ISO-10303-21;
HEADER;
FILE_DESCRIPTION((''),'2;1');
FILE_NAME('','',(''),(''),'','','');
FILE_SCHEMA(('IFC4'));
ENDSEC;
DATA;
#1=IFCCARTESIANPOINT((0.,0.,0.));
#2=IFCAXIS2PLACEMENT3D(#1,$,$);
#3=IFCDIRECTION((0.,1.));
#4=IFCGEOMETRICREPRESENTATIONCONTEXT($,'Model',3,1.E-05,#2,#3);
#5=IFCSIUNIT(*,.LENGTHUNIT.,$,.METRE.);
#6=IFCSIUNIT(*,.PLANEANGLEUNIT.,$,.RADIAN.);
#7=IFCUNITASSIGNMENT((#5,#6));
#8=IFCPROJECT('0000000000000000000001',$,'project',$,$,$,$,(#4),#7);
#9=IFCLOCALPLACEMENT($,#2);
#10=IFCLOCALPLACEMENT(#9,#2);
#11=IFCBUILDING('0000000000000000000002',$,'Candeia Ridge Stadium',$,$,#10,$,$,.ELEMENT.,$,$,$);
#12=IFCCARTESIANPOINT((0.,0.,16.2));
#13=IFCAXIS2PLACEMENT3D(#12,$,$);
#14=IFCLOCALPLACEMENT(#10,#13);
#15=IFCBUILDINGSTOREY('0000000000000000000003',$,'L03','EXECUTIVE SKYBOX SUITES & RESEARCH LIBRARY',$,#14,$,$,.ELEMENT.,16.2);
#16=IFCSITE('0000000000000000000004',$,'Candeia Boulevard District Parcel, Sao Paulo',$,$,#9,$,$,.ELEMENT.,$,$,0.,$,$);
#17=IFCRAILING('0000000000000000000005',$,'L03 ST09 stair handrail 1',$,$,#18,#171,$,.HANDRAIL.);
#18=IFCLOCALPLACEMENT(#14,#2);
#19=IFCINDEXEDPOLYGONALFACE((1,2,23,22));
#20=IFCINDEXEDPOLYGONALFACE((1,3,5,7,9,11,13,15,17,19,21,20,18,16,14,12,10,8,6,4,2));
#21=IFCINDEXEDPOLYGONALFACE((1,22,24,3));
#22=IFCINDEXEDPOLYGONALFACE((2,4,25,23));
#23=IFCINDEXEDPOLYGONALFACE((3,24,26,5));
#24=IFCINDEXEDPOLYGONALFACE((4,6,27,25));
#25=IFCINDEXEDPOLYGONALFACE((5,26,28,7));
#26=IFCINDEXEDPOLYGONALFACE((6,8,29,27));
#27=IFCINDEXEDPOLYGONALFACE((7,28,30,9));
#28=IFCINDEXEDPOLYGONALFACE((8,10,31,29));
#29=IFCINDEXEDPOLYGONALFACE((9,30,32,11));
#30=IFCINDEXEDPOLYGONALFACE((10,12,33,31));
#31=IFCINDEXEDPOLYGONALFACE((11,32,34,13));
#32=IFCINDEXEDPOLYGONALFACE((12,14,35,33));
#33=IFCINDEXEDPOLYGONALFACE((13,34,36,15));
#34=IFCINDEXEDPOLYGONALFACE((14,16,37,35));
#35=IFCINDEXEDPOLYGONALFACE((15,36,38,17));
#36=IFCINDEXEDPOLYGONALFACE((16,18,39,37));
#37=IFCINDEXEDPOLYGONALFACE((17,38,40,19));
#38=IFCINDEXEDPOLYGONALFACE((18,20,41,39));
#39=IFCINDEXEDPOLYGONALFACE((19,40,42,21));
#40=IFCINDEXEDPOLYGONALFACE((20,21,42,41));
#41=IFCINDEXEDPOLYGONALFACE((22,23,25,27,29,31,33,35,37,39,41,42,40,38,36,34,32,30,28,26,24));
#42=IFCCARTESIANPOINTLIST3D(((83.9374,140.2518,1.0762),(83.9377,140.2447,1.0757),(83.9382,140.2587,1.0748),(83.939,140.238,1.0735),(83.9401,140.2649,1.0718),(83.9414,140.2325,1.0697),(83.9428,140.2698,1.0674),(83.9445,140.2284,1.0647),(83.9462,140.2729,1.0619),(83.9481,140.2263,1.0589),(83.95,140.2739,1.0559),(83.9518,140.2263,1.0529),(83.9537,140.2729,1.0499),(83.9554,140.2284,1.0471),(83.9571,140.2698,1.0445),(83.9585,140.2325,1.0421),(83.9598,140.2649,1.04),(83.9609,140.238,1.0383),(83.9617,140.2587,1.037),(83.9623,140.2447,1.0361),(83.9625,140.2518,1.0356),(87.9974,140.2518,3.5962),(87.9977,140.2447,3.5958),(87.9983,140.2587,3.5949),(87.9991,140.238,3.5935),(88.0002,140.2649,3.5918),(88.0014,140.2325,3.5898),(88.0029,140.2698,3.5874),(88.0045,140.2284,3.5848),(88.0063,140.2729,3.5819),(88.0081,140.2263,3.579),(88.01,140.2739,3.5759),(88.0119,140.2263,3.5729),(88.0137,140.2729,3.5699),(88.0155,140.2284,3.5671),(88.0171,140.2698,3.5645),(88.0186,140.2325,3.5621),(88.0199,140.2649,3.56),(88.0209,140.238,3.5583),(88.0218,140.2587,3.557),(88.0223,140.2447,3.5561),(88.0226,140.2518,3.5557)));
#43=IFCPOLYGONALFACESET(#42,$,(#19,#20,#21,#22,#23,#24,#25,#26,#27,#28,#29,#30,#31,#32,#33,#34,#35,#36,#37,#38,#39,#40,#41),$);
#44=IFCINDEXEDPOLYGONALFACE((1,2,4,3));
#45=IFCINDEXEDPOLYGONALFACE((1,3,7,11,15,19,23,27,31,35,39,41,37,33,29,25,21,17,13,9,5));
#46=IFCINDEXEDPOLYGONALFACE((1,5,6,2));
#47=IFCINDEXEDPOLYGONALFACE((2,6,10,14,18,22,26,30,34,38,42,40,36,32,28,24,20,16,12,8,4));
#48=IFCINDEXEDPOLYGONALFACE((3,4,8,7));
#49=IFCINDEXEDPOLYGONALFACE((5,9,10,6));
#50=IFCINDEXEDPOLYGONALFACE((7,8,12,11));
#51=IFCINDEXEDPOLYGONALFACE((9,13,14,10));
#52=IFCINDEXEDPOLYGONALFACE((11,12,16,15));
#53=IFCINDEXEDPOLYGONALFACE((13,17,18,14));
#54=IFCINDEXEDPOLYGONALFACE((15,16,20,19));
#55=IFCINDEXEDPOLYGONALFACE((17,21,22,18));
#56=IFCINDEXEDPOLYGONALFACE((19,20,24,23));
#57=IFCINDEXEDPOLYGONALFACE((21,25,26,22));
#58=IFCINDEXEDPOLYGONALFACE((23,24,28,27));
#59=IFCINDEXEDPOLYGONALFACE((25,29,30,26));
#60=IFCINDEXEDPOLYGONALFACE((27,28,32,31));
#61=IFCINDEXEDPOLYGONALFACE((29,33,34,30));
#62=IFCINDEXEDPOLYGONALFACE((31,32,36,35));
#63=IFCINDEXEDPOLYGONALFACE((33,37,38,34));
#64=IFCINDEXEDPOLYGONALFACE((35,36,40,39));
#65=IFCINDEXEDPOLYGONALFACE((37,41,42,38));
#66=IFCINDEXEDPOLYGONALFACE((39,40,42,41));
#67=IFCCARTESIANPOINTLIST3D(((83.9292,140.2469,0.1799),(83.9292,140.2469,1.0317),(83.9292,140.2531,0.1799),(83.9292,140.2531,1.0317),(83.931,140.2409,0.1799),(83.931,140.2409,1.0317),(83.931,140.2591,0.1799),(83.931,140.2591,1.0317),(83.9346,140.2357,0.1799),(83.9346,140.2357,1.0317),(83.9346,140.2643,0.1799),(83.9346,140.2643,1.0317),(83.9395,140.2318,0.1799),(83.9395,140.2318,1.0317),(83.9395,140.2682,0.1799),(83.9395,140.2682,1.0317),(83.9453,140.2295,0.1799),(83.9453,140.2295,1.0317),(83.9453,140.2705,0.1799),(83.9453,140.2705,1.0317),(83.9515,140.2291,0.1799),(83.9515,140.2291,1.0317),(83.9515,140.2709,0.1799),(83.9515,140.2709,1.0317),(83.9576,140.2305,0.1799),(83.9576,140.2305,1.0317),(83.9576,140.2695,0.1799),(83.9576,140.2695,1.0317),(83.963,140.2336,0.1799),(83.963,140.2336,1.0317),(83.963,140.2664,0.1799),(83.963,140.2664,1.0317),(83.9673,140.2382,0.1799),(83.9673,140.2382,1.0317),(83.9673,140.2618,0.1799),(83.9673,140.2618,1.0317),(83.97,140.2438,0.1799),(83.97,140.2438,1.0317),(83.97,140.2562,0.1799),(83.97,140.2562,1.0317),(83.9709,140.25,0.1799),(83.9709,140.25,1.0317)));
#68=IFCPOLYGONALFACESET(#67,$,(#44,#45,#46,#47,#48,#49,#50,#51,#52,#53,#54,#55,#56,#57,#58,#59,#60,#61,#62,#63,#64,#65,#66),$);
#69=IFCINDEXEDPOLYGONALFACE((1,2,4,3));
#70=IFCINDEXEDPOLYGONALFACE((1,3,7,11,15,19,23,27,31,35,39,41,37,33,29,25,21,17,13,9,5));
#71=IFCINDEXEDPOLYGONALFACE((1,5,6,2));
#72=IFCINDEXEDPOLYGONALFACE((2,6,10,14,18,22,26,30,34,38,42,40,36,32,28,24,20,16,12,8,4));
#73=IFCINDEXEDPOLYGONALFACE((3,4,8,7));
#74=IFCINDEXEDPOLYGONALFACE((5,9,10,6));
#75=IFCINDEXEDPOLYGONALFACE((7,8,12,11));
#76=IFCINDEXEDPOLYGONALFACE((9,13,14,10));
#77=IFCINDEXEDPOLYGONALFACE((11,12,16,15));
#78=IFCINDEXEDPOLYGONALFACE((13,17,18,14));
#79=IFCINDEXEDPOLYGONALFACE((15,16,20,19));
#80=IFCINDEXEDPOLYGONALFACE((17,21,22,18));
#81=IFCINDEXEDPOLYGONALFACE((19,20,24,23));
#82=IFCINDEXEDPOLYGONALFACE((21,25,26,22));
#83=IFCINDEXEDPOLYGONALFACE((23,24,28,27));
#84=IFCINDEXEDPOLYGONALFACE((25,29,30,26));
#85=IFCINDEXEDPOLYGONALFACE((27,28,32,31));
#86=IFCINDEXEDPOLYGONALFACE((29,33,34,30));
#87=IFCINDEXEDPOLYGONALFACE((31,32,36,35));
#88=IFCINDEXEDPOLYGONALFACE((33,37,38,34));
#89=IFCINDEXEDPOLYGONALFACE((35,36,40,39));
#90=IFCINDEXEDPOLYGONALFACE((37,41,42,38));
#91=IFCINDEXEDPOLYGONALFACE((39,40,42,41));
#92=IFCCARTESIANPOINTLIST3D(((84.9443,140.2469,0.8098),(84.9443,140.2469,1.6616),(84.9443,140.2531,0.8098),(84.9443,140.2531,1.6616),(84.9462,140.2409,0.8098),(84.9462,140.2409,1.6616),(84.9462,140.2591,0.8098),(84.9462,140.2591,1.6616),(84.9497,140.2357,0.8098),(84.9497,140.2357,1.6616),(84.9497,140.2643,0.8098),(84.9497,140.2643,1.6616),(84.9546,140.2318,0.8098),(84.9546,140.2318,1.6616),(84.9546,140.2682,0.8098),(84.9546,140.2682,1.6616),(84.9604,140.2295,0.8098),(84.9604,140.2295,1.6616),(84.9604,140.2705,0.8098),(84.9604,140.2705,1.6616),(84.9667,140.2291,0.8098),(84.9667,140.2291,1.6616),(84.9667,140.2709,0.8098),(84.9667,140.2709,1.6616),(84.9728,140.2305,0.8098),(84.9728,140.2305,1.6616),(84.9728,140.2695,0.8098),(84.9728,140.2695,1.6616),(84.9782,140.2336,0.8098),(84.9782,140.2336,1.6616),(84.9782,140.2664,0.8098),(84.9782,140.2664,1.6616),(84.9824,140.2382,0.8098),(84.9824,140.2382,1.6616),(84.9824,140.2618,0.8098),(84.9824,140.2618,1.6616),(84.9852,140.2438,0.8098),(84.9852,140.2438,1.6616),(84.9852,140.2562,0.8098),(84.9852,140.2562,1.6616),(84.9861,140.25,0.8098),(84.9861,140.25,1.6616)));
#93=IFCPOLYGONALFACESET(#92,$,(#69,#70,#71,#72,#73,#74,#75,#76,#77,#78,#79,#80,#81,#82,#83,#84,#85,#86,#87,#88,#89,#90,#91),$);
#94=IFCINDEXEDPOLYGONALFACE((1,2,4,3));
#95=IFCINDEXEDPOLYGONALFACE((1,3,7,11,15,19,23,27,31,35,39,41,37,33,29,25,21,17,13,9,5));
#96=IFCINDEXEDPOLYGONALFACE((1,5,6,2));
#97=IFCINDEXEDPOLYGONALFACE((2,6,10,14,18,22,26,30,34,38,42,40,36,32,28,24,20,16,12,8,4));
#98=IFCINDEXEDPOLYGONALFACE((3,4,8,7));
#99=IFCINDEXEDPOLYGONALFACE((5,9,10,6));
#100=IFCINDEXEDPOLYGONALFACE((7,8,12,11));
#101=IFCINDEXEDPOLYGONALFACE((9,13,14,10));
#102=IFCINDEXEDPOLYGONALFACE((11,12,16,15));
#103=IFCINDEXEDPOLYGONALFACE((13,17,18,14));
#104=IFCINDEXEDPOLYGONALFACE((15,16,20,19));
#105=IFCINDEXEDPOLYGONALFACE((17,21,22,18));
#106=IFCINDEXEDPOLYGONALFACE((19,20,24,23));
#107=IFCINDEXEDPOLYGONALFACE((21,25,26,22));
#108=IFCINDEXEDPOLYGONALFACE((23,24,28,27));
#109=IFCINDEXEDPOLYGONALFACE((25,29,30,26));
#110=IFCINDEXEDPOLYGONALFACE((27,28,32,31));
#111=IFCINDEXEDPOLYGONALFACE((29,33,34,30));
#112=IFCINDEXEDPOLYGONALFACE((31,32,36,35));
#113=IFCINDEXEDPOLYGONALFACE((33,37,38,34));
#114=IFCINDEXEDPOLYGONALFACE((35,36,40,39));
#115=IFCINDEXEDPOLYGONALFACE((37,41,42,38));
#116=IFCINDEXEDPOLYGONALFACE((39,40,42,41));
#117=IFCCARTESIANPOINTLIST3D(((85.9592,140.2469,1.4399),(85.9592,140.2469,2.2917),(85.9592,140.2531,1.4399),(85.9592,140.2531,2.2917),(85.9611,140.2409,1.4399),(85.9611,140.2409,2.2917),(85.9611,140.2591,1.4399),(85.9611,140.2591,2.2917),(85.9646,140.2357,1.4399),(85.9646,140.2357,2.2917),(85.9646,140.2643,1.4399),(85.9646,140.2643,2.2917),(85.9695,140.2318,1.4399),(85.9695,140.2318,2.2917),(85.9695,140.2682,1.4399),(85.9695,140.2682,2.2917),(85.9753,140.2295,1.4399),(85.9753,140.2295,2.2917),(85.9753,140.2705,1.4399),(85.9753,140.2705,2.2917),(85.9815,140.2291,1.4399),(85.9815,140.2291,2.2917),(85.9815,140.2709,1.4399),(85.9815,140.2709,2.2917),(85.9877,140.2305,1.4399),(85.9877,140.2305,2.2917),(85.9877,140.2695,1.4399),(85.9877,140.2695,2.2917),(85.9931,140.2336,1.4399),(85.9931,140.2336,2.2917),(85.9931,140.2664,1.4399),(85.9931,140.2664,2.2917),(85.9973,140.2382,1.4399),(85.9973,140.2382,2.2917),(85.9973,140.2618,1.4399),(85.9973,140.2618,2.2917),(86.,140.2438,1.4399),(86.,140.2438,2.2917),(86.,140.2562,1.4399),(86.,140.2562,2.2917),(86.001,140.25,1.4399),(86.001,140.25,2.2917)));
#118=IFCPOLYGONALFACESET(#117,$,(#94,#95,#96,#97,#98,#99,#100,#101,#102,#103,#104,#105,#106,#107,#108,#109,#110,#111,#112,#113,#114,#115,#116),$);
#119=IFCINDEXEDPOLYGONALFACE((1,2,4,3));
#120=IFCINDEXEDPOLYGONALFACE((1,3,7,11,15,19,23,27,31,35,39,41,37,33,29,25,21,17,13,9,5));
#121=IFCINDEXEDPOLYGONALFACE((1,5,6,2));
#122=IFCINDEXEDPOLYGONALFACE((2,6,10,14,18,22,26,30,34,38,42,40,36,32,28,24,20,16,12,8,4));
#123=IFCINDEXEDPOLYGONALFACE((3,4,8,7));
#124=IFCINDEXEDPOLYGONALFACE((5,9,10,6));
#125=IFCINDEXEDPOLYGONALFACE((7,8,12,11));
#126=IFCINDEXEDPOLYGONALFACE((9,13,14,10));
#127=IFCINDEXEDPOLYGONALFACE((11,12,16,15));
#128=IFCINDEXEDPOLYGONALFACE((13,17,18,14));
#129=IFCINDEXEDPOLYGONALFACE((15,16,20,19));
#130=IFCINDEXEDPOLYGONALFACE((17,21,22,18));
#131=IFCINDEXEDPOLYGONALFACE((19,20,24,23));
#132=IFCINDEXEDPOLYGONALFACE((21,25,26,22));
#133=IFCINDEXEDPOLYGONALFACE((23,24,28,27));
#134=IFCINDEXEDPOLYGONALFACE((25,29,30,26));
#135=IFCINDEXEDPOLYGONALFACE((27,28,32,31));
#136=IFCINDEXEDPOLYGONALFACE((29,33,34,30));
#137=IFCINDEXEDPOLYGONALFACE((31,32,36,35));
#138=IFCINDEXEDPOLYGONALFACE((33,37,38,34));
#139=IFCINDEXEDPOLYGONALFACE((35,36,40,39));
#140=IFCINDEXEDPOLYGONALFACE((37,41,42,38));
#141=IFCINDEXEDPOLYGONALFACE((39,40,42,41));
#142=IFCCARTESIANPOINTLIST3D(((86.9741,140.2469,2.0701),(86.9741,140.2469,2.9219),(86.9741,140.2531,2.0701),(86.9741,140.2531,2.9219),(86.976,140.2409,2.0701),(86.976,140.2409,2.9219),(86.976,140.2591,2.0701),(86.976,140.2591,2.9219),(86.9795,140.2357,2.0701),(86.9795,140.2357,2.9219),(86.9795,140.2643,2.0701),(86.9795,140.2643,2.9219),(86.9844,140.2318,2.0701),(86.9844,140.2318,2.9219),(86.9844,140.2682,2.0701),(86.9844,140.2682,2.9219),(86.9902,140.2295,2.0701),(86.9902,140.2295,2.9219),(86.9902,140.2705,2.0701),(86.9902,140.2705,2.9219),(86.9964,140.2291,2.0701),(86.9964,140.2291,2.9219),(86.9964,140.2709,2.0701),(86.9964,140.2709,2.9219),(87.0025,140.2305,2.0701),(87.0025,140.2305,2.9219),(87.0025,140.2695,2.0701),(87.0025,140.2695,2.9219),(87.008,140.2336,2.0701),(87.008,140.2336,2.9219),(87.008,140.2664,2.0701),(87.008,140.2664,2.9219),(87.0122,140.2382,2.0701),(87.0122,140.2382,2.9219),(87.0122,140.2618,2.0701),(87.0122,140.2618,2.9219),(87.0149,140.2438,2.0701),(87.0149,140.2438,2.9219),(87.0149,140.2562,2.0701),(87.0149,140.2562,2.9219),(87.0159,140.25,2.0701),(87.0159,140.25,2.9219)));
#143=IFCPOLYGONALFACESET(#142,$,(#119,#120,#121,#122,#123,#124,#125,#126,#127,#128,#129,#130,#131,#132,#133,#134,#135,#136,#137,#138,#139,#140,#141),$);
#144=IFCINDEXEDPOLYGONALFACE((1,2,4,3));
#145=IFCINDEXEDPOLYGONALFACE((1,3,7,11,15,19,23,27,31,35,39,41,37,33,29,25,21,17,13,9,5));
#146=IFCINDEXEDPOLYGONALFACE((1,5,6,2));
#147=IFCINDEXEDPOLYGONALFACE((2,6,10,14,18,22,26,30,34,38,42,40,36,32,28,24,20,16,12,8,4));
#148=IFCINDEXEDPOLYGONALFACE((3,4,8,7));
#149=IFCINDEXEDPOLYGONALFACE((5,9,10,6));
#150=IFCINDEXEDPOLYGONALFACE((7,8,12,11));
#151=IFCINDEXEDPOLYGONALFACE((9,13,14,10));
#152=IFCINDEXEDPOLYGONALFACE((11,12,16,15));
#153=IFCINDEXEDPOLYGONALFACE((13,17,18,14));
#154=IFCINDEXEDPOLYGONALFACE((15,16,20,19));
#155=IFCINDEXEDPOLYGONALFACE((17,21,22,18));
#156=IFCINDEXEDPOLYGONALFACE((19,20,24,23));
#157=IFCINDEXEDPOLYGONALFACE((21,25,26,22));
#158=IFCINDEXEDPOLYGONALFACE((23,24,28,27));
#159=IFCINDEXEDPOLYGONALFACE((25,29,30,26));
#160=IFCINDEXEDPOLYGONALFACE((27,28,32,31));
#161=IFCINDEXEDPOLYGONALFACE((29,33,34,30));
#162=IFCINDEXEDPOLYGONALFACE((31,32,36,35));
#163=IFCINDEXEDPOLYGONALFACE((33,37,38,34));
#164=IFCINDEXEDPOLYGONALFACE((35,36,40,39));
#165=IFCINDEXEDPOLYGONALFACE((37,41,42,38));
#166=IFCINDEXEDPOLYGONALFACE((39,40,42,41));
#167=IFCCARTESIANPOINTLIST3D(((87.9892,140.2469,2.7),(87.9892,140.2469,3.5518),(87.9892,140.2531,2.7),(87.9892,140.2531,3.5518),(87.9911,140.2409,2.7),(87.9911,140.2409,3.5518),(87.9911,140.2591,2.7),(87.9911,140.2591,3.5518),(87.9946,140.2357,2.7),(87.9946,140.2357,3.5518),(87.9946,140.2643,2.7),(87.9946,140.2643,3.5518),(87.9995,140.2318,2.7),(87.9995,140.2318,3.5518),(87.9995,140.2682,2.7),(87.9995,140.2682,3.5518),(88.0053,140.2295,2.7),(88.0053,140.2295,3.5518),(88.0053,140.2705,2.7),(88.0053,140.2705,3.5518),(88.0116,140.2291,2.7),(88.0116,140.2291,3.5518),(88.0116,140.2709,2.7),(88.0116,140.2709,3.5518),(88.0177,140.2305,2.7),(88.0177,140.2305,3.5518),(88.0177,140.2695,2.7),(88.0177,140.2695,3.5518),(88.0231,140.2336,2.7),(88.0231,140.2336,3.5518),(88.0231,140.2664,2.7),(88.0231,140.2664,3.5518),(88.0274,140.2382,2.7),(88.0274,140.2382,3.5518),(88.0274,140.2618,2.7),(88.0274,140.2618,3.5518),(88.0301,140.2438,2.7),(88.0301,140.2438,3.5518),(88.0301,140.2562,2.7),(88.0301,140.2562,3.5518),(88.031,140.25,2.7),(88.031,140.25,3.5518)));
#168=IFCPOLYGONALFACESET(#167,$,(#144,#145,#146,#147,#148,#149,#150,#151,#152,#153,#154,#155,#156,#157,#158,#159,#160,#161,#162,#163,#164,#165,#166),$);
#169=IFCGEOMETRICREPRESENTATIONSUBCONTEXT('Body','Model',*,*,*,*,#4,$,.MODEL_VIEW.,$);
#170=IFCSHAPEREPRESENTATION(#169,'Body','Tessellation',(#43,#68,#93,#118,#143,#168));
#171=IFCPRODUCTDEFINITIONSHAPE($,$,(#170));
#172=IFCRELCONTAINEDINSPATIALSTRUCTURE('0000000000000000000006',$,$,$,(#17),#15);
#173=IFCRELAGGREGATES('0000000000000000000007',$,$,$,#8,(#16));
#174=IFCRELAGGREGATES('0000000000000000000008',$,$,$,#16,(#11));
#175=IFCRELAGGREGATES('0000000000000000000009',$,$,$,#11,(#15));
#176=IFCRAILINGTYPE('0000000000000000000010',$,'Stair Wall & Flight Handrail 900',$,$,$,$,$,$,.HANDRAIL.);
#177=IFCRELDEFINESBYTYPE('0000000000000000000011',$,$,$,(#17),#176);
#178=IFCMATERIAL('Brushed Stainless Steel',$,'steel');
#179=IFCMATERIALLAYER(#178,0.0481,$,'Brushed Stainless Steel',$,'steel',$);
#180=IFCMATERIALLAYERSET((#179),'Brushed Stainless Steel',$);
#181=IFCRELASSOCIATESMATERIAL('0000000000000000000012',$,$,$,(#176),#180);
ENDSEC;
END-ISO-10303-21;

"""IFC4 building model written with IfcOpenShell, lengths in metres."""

from ifc_helpers import new_model, si_unit, direction, frame, origin, origin_2d, place, context, subcontext, project, spatial, circle, extrude, material, layer, layer_set, type_object, element, save


model = new_model("IFC4")

# Units and contexts
model_context = context("Model", 3, precision=1e-05, world=origin(), true_north=direction((0.0, 1.0)))
body_context = subcontext(model_context, "Body", "Model", "MODEL_VIEW")
ifc_project = project(units=[si_unit("LENGTHUNIT", "METRE"), si_unit("PLANEANGLEUNIT", "RADIAN")], contexts=[model_context])

# Site, building, storey
site_placement = place(None, origin())
site = spatial("IfcSite", under=ifc_project, at=site_placement, Name="Candeia Boulevard District Parcel, Sao Paulo", CompositionType="ELEMENT", RefElevation=0.0)
building_placement = place(site_placement, origin())
building = spatial("IfcBuilding", under=site, at=building_placement, Name="Candeia Ridge Stadium", CompositionType="ELEMENT")
storey_placement = place(building_placement, frame((0.0, 0.0, 16.2)))
storey = spatial("IfcBuildingStorey", under=building, at=storey_placement, Name="L03", Description="EXECUTIVE SKYBOX SUITES & RESEARCH LIBRARY", CompositionType="ELEMENT", Elevation=16.2)

# Railing
ifc_material_1 = material(Name="Brushed Stainless Steel", Category="steel")
ifc_layer_1 = layer(ifc_material_1, 0.0481, Name="Brushed Stainless Steel", Category="steel")
ifc_layer_set_1 = layer_set([ifc_layer_1], Name="Brushed Stainless Steel")
railing_type_1 = type_object("IfcRailingType", Name="Stair Wall & Flight Handrail 900", PredefinedType="HANDRAIL", material=ifc_layer_set_1)
railing_1_placement = place(storey_placement, frame((83.95, 140.25, 0.1799)))
element("IfcRailing", 1, at=railing_1_placement, inside=storey, type_object=railing_type_1, Name="L03 ST09 stair handrail 1", PredefinedType="HANDRAIL", context=body_context, shape_type="SweptSolid", body=[
    extrude(circle(Radius=0.0239, at=origin_2d()), frame((0.0, 0.0, 0.876), z_axis=(0.849642, 0.0, 0.52736), x_axis=(0.0, 1.0, 0.0)), (0.0, 0.0, 1.0), 4.7786),
    extrude(circle(Radius=0.021, at=origin_2d()), origin(), (0.0, 0.0, 1.0), 0.8518),
    extrude(circle(Radius=0.021, at=origin_2d()), frame((1.0151, 0.0, 0.6299)), (0.0, 0.0, 1.0), 0.8518),
    extrude(circle(Radius=0.021, at=origin_2d()), frame((2.03, 0.0, 1.26)), (0.0, 0.0, 1.0), 0.8518),
    extrude(circle(Radius=0.021, at=origin_2d()), frame((3.0449, 0.0, 1.8901)), (0.0, 0.0, 1.0), 0.8518),
    extrude(circle(Radius=0.021, at=origin_2d()), frame((4.0601, 0.0, 2.52)), (0.0, 0.0, 1.0), 0.8518),
])

save(model, "model.ifc")
